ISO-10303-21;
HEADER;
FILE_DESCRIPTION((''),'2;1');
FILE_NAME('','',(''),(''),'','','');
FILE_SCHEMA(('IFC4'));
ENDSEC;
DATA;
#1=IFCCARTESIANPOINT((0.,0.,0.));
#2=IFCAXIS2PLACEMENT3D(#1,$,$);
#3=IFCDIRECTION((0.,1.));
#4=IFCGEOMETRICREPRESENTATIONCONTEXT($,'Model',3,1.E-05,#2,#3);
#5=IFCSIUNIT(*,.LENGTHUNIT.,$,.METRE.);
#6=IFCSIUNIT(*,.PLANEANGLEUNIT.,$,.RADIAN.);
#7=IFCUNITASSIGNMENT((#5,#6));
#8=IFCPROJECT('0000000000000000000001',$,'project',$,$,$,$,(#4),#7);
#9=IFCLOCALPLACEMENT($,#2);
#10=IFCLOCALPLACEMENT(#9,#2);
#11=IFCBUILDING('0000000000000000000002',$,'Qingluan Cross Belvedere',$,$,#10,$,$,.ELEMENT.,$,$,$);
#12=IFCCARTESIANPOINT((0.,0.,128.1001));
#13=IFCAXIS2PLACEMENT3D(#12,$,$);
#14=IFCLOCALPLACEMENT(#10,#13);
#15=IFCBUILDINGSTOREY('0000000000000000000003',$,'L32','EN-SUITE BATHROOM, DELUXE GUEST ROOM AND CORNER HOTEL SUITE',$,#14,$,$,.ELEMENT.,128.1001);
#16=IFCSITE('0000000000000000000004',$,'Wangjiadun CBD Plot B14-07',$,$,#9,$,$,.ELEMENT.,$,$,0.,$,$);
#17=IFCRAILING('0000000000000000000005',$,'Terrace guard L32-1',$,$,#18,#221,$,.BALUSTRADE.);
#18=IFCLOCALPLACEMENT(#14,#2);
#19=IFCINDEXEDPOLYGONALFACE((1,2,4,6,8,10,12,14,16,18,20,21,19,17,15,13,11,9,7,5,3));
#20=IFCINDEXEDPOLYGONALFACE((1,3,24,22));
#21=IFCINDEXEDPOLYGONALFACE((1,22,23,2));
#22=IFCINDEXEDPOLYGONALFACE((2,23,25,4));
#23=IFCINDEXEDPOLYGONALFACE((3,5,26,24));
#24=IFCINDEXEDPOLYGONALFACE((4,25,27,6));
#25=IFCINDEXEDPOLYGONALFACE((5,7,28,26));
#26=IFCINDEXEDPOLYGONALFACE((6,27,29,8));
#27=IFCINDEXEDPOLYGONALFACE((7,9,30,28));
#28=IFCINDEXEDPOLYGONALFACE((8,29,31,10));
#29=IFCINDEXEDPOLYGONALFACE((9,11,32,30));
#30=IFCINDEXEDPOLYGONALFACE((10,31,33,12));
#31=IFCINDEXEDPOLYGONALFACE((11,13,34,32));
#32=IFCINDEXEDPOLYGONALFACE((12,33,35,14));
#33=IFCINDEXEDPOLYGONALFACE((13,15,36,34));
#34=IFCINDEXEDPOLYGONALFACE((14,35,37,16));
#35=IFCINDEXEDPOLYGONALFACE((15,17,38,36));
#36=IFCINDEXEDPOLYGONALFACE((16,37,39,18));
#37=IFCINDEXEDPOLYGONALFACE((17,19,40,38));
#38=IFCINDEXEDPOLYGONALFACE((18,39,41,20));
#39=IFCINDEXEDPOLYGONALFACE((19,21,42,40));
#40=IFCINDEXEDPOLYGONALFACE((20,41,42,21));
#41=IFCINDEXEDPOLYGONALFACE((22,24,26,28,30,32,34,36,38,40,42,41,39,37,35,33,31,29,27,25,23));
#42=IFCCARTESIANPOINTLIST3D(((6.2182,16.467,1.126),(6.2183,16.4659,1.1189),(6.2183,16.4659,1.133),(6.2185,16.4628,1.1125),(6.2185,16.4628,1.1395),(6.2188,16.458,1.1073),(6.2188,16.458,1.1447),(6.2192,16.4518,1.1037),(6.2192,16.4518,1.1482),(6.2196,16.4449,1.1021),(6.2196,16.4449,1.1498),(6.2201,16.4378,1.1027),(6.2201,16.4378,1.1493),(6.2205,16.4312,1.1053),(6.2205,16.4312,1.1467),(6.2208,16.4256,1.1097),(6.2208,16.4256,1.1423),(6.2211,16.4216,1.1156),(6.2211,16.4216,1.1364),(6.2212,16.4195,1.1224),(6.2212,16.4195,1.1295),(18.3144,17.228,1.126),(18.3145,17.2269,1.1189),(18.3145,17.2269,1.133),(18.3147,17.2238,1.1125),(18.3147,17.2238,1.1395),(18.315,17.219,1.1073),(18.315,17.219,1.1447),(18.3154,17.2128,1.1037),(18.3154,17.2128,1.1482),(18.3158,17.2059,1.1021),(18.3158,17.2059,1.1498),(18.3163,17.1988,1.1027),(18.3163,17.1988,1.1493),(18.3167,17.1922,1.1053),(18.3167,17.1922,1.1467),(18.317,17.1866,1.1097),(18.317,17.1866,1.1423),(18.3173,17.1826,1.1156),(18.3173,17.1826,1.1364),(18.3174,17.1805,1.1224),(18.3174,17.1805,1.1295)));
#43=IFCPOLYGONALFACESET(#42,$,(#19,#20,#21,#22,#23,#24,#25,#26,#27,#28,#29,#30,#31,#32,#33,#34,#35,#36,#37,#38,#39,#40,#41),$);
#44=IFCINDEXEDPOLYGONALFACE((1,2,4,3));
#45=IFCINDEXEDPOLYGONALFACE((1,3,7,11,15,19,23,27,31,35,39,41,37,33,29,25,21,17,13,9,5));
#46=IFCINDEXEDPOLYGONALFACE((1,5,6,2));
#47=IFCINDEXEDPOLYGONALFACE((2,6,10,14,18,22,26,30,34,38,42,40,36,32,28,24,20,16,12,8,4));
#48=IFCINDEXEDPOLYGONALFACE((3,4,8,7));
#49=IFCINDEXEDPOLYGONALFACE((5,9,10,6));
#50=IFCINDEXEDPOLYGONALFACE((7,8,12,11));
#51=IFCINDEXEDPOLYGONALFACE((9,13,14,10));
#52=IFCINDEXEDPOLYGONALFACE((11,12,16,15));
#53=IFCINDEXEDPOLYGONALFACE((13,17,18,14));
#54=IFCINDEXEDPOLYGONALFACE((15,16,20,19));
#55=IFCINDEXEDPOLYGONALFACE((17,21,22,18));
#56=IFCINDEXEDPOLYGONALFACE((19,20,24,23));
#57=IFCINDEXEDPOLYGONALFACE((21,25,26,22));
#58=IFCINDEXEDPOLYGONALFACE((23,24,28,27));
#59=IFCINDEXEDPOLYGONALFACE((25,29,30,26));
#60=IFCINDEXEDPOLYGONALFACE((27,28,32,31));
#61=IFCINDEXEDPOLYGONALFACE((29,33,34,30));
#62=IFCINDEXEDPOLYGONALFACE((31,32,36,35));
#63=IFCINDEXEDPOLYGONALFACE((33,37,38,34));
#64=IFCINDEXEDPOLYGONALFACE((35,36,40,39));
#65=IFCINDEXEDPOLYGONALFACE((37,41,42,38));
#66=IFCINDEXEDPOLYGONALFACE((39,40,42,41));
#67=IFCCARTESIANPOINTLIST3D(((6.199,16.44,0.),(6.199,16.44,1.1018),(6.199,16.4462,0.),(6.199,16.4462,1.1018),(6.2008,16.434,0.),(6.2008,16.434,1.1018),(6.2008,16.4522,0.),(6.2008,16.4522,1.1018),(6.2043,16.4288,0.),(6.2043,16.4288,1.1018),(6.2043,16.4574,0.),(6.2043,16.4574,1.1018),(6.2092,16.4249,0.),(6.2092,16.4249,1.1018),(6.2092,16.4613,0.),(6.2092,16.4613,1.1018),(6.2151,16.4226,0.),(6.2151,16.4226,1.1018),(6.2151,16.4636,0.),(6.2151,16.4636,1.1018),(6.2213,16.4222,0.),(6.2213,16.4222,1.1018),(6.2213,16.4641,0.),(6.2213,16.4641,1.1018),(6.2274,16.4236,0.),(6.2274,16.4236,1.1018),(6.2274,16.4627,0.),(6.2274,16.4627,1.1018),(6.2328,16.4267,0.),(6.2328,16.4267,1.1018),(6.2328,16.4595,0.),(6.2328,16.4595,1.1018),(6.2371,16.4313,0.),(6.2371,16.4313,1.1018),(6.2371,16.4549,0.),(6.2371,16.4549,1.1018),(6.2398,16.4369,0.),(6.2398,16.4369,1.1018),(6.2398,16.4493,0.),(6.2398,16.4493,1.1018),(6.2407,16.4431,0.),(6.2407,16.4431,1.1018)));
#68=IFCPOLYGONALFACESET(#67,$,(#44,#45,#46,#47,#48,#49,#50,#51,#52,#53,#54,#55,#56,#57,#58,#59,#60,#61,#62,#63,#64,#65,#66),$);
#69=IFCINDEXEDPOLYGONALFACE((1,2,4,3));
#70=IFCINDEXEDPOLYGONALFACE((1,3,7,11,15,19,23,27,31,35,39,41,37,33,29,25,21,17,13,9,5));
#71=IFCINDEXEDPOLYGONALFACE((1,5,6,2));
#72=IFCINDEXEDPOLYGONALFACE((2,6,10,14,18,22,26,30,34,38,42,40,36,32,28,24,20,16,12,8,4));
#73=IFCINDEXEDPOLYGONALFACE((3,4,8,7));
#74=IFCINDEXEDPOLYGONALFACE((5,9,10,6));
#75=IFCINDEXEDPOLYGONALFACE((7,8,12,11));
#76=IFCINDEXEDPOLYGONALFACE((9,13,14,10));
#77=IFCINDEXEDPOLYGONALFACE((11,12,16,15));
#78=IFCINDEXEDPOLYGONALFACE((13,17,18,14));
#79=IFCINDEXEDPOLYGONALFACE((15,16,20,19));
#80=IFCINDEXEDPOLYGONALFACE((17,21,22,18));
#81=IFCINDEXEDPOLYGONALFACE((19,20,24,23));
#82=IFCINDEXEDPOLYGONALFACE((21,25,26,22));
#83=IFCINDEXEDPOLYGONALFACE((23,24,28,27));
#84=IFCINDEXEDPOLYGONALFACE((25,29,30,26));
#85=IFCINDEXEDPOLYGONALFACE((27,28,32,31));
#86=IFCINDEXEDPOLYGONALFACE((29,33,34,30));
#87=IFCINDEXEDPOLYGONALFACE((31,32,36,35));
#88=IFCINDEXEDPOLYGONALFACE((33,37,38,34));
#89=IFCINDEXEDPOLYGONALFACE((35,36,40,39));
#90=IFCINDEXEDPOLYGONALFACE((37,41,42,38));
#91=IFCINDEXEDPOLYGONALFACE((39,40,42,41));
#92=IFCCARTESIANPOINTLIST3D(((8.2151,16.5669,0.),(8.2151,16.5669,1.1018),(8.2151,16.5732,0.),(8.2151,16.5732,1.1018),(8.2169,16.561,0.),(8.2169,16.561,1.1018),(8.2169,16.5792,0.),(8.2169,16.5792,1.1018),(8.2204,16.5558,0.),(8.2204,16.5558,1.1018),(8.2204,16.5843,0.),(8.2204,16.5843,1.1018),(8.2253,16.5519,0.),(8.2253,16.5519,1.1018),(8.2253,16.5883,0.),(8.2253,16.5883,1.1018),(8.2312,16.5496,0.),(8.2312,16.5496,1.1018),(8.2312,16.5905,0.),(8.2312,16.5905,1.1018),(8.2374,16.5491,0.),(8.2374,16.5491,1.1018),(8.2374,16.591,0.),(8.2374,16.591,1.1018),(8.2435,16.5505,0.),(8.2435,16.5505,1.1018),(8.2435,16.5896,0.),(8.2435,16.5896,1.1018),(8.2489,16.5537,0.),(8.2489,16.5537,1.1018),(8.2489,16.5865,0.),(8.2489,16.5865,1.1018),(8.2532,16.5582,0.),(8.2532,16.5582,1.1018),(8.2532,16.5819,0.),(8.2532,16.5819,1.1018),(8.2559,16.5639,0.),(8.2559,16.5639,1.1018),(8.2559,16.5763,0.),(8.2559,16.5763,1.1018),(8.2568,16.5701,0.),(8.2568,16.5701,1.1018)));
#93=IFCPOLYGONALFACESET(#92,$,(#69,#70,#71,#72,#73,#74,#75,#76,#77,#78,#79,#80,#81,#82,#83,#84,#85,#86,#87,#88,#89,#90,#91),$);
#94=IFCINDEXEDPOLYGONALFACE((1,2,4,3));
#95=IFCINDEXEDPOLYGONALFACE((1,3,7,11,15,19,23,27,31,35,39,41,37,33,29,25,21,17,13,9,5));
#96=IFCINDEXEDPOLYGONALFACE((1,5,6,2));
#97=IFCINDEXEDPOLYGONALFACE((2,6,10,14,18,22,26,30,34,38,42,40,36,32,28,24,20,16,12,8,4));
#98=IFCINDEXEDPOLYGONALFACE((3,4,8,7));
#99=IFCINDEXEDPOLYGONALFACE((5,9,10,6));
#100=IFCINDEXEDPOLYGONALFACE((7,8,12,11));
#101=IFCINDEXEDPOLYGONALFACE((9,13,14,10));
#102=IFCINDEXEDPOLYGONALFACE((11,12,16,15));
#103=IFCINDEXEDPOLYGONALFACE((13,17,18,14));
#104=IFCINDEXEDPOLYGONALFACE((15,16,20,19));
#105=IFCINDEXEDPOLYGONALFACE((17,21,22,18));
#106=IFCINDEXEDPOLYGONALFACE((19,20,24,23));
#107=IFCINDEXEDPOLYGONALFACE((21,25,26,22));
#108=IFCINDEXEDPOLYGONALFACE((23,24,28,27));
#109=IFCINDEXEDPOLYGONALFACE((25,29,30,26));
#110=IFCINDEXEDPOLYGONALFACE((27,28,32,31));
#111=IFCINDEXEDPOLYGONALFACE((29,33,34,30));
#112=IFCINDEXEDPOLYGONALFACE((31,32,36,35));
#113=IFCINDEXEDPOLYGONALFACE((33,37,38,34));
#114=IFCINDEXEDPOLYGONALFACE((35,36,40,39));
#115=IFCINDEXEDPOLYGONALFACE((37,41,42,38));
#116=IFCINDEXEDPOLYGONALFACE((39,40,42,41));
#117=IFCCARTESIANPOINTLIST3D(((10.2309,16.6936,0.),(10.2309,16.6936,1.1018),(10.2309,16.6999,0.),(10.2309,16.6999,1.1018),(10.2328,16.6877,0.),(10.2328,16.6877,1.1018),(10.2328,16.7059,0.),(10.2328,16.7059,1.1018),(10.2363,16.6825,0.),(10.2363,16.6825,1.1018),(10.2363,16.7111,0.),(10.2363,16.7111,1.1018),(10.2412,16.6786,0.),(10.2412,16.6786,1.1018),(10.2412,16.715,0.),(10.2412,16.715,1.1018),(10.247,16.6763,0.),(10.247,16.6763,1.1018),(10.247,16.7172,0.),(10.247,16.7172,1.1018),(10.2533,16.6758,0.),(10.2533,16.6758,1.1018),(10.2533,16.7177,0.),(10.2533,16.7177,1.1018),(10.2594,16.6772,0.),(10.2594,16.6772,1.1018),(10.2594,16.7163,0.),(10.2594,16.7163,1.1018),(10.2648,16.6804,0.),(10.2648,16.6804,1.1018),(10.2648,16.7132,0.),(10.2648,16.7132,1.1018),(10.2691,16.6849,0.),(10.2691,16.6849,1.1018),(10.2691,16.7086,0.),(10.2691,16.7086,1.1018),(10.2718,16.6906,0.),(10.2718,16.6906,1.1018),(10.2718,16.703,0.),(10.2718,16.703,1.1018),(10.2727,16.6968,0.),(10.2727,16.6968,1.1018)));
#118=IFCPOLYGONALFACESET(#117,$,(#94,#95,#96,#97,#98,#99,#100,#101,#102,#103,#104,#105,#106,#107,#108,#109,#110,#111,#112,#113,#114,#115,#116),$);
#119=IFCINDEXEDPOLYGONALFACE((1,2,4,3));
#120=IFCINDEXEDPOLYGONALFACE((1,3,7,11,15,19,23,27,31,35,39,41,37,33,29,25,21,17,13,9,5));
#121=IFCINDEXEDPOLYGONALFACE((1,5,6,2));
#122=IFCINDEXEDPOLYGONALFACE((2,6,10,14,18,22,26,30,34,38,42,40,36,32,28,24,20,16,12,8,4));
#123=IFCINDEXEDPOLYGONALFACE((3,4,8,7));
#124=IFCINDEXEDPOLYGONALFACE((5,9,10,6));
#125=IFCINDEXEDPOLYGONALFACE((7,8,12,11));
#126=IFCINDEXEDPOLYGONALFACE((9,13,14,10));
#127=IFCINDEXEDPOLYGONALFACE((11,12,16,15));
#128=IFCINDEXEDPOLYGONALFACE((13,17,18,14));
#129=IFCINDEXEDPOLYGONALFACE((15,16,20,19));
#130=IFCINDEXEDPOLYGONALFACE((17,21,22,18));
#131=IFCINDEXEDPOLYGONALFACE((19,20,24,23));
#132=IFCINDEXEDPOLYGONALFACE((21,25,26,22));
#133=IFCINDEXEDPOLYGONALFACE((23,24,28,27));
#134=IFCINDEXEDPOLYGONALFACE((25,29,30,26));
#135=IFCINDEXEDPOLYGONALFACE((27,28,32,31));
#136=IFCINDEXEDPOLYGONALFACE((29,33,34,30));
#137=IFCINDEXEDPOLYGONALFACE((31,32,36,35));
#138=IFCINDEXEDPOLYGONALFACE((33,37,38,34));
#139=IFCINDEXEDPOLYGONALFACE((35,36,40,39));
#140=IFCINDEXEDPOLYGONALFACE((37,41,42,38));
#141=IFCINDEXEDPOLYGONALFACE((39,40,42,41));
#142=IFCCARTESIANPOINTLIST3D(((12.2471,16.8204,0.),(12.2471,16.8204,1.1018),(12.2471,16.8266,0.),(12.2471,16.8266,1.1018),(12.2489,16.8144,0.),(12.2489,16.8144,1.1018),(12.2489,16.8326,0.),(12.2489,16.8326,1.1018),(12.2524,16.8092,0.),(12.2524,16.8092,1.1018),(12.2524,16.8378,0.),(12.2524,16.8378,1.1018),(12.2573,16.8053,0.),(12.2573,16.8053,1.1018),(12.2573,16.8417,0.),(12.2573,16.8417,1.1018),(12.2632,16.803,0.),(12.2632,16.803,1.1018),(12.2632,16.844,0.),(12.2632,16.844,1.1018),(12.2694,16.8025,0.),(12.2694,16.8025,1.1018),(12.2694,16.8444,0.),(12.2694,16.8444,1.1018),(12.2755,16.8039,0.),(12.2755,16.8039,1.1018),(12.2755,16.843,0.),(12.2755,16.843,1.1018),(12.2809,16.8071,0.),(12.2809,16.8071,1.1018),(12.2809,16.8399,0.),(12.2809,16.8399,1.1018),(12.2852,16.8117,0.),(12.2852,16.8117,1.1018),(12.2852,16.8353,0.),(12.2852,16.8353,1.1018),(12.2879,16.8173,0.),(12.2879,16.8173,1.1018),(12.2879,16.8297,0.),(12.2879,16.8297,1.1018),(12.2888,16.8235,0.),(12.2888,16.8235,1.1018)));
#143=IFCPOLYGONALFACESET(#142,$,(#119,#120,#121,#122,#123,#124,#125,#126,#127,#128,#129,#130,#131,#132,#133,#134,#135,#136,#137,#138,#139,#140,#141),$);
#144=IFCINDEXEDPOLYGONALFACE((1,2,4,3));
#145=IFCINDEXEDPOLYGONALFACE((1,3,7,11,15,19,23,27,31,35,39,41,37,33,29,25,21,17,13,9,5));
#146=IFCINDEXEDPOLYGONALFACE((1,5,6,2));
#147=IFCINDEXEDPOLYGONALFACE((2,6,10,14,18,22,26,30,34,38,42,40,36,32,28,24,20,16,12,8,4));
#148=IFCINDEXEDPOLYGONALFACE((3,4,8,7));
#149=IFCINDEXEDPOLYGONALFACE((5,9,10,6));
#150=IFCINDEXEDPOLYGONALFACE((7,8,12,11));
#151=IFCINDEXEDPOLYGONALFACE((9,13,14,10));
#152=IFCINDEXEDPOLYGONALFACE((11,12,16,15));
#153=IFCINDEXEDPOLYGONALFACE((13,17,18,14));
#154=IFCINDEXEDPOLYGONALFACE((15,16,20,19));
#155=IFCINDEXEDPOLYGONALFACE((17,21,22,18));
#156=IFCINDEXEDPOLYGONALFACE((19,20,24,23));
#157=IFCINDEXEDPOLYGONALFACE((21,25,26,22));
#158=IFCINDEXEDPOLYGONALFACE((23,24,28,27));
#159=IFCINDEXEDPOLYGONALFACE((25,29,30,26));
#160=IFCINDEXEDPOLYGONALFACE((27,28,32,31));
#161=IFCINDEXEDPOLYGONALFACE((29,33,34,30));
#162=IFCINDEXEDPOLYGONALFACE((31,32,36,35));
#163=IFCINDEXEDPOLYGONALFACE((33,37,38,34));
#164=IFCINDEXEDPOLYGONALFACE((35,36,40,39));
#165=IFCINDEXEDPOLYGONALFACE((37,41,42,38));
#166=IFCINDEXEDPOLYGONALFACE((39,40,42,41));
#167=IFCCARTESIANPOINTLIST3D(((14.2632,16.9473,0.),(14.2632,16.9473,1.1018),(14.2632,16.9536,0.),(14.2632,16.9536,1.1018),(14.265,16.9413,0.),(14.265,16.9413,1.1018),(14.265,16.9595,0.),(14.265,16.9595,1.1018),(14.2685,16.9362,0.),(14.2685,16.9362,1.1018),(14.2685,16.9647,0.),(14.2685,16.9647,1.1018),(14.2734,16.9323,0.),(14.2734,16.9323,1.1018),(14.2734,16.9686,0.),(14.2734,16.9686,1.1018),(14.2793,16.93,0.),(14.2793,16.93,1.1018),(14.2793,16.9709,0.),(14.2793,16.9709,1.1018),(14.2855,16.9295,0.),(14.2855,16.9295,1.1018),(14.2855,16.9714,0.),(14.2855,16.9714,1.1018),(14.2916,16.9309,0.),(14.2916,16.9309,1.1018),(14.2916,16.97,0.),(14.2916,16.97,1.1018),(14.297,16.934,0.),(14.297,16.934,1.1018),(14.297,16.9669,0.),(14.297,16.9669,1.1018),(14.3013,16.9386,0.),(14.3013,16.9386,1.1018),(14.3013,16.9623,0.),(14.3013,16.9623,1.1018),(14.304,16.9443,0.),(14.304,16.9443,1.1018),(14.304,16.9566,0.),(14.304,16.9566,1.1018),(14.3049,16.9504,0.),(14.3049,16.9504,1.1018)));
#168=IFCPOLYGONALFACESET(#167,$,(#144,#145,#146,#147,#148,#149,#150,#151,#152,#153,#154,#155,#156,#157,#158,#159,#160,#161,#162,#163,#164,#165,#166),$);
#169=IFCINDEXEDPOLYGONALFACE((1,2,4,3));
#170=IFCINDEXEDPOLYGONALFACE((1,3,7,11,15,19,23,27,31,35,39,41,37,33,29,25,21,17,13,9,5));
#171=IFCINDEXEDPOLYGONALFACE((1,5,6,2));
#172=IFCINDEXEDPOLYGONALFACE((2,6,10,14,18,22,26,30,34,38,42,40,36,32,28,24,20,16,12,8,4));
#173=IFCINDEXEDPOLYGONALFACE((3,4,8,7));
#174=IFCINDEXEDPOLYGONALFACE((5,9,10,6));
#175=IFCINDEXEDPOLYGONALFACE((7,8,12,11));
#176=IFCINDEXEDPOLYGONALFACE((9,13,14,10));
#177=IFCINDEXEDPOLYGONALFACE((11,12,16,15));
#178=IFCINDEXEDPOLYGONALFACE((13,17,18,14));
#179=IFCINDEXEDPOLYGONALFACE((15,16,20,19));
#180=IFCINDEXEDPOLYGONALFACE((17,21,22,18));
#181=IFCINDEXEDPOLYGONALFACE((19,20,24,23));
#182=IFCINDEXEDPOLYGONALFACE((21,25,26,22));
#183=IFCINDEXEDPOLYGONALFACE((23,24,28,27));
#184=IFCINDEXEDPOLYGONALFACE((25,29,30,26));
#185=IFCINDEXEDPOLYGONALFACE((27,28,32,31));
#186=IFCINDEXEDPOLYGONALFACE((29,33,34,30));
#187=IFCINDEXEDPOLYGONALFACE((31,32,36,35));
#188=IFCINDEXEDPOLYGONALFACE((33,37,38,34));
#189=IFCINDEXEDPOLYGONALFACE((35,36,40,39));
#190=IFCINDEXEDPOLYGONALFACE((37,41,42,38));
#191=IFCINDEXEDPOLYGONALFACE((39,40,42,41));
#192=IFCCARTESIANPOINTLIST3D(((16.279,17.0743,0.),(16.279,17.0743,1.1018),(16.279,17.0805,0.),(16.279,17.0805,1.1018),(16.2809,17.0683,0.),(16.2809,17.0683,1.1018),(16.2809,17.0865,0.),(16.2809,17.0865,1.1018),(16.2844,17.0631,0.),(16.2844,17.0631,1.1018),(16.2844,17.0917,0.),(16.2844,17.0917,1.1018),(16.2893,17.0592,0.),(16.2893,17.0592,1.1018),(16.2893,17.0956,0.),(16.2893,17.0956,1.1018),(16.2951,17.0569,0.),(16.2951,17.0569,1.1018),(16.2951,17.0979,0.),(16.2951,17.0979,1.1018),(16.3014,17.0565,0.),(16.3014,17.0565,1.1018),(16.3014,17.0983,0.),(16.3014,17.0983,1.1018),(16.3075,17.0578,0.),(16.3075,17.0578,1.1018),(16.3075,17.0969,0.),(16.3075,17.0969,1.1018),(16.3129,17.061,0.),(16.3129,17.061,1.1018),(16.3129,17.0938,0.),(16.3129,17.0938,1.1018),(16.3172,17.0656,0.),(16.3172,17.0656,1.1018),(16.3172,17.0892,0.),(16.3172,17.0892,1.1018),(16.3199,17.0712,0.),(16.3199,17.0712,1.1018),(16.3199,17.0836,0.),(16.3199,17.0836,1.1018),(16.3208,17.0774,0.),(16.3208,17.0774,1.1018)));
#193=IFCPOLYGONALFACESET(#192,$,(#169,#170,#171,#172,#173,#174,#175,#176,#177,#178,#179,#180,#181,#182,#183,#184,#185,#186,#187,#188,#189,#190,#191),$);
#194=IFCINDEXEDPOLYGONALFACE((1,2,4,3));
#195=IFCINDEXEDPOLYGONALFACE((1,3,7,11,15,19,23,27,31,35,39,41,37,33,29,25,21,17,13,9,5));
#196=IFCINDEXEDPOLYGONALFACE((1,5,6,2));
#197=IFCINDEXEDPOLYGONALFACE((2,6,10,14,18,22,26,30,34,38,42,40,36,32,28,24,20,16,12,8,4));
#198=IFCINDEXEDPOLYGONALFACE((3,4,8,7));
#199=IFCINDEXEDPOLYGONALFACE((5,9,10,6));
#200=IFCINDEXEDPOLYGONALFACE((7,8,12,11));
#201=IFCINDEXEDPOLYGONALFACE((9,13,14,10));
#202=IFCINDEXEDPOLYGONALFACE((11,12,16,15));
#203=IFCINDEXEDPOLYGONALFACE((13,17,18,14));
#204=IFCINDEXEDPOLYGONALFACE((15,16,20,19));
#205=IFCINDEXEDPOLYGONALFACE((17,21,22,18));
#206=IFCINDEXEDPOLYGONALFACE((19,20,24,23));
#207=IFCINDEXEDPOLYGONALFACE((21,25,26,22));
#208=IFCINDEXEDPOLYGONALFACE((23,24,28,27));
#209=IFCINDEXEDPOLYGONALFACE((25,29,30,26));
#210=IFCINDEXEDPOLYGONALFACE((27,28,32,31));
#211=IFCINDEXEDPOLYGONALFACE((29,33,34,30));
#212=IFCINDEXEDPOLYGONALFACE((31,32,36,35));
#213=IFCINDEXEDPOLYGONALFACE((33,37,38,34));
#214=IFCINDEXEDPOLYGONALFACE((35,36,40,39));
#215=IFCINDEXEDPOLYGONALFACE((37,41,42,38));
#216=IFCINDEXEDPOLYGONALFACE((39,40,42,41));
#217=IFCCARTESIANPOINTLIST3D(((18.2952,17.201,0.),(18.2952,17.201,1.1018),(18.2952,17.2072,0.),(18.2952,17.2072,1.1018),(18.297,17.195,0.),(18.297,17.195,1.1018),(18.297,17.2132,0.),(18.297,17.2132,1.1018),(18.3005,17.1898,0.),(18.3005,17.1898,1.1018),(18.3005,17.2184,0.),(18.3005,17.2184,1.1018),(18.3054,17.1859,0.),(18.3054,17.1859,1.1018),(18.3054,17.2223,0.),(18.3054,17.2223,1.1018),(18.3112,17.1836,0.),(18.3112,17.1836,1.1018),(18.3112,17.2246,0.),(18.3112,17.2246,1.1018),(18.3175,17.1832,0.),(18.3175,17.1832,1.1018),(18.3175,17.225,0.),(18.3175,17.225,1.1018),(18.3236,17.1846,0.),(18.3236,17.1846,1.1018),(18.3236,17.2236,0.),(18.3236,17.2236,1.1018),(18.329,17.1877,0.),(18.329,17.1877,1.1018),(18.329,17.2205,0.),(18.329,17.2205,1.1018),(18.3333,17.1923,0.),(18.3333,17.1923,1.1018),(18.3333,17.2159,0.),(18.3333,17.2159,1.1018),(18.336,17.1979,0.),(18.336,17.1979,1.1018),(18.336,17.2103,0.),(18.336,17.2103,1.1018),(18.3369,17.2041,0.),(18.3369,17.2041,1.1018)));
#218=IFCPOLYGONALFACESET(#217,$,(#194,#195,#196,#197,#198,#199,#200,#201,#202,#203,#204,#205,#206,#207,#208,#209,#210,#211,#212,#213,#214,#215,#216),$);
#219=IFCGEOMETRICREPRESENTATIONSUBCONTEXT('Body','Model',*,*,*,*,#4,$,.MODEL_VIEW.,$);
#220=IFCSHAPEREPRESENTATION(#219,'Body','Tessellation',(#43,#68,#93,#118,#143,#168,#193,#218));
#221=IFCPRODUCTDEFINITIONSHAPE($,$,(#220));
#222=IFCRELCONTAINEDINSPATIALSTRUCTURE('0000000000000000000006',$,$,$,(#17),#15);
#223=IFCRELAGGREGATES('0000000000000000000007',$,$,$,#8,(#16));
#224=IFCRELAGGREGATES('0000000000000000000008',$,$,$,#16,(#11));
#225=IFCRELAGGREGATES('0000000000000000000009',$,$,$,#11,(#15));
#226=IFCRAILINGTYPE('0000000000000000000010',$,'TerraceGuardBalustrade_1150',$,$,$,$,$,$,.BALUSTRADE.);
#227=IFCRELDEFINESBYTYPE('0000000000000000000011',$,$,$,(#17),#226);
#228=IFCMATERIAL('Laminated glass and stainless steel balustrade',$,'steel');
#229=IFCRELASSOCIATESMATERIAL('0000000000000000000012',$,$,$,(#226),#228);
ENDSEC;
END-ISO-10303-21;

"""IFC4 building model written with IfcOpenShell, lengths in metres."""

from ifc_helpers import new_model, si_unit, direction, frame, origin, origin_2d, place, context, subcontext, project, spatial, circle, extrude, material, type_object, element, save


model = new_model("IFC4")

# Units and contexts
model_context = context("Model", 3, precision=1e-05, world=origin(), true_north=direction((0.0, 1.0)))
body_context = subcontext(model_context, "Body", "Model", "MODEL_VIEW")
ifc_project = project(units=[si_unit("LENGTHUNIT", "METRE"), si_unit("PLANEANGLEUNIT", "RADIAN")], contexts=[model_context])

# Site, building, storey
site_placement = place(None, origin())
site = spatial("IfcSite", under=ifc_project, at=site_placement, Name="Wangjiadun CBD Plot B14-07", CompositionType="ELEMENT", RefElevation=0.0)
building_placement = place(site_placement, origin())
building = spatial("IfcBuilding", under=site, at=building_placement, Name="Qingluan Cross Belvedere", CompositionType="ELEMENT")
storey_placement = place(building_placement, frame((0.0, 0.0, 128.1001)))
storey = spatial("IfcBuildingStorey", under=building, at=storey_placement, Name="L32", Description="EN-SUITE BATHROOM, DELUXE GUEST ROOM AND CORNER HOTEL SUITE", CompositionType="ELEMENT", Elevation=128.1001)

# Railing
ifc_material_1 = material(Name="Laminated glass and stainless steel balustrade", Category="steel")
railing_type = type_object("IfcRailingType", Name="TerraceGuardBalustrade_1150", PredefinedType="BALUSTRADE", material=ifc_material_1)
railing_1_placement = place(storey_placement, frame((6.2197, 16.4431, 0.0)))
element("IfcRailing", 1, at=railing_1_placement, inside=storey, type_object=railing_type, Name="Terrace guard L32-1", PredefinedType="BALUSTRADE", context=body_context, shape_type="SweptSolid", body=[
    extrude(circle(Radius=0.0239, at=origin_2d()), frame((0.0, 0.0, 1.126), z_axis=(0.998027, 0.062787, 0.0), x_axis=(-0.062787, 0.998027, 0.0)), (0.0, 0.0, 1.0), 12.1201),
    extrude(circle(Radius=0.021, at=origin_2d()), origin(), (0.0, 0.0, 1.0), 1.1018),
    extrude(circle(Radius=0.021, at=origin_2d()), frame((2.0161, 0.127, 0.0)), (0.0, 0.0, 1.0), 1.1018),
    extrude(circle(Radius=0.021, at=origin_2d()), frame((4.032, 0.2537, 0.0)), (0.0, 0.0, 1.0), 1.1018),
    extrude(circle(Radius=0.021, at=origin_2d()), frame((6.0481, 0.3804, 0.0)), (0.0, 0.0, 1.0), 1.1018),
    extrude(circle(Radius=0.021, at=origin_2d()), frame((8.0642, 0.5073, 0.0)), (0.0, 0.0, 1.0), 1.1018),
    extrude(circle(Radius=0.021, at=origin_2d()), frame((10.0801, 0.6343, 0.0)), (0.0, 0.0, 1.0), 1.1018),
    extrude(circle(Radius=0.021, at=origin_2d()), frame((12.0962, 0.761, 0.0)), (0.0, 0.0, 1.0), 1.1018),
])

save(model, "model.ifc")
